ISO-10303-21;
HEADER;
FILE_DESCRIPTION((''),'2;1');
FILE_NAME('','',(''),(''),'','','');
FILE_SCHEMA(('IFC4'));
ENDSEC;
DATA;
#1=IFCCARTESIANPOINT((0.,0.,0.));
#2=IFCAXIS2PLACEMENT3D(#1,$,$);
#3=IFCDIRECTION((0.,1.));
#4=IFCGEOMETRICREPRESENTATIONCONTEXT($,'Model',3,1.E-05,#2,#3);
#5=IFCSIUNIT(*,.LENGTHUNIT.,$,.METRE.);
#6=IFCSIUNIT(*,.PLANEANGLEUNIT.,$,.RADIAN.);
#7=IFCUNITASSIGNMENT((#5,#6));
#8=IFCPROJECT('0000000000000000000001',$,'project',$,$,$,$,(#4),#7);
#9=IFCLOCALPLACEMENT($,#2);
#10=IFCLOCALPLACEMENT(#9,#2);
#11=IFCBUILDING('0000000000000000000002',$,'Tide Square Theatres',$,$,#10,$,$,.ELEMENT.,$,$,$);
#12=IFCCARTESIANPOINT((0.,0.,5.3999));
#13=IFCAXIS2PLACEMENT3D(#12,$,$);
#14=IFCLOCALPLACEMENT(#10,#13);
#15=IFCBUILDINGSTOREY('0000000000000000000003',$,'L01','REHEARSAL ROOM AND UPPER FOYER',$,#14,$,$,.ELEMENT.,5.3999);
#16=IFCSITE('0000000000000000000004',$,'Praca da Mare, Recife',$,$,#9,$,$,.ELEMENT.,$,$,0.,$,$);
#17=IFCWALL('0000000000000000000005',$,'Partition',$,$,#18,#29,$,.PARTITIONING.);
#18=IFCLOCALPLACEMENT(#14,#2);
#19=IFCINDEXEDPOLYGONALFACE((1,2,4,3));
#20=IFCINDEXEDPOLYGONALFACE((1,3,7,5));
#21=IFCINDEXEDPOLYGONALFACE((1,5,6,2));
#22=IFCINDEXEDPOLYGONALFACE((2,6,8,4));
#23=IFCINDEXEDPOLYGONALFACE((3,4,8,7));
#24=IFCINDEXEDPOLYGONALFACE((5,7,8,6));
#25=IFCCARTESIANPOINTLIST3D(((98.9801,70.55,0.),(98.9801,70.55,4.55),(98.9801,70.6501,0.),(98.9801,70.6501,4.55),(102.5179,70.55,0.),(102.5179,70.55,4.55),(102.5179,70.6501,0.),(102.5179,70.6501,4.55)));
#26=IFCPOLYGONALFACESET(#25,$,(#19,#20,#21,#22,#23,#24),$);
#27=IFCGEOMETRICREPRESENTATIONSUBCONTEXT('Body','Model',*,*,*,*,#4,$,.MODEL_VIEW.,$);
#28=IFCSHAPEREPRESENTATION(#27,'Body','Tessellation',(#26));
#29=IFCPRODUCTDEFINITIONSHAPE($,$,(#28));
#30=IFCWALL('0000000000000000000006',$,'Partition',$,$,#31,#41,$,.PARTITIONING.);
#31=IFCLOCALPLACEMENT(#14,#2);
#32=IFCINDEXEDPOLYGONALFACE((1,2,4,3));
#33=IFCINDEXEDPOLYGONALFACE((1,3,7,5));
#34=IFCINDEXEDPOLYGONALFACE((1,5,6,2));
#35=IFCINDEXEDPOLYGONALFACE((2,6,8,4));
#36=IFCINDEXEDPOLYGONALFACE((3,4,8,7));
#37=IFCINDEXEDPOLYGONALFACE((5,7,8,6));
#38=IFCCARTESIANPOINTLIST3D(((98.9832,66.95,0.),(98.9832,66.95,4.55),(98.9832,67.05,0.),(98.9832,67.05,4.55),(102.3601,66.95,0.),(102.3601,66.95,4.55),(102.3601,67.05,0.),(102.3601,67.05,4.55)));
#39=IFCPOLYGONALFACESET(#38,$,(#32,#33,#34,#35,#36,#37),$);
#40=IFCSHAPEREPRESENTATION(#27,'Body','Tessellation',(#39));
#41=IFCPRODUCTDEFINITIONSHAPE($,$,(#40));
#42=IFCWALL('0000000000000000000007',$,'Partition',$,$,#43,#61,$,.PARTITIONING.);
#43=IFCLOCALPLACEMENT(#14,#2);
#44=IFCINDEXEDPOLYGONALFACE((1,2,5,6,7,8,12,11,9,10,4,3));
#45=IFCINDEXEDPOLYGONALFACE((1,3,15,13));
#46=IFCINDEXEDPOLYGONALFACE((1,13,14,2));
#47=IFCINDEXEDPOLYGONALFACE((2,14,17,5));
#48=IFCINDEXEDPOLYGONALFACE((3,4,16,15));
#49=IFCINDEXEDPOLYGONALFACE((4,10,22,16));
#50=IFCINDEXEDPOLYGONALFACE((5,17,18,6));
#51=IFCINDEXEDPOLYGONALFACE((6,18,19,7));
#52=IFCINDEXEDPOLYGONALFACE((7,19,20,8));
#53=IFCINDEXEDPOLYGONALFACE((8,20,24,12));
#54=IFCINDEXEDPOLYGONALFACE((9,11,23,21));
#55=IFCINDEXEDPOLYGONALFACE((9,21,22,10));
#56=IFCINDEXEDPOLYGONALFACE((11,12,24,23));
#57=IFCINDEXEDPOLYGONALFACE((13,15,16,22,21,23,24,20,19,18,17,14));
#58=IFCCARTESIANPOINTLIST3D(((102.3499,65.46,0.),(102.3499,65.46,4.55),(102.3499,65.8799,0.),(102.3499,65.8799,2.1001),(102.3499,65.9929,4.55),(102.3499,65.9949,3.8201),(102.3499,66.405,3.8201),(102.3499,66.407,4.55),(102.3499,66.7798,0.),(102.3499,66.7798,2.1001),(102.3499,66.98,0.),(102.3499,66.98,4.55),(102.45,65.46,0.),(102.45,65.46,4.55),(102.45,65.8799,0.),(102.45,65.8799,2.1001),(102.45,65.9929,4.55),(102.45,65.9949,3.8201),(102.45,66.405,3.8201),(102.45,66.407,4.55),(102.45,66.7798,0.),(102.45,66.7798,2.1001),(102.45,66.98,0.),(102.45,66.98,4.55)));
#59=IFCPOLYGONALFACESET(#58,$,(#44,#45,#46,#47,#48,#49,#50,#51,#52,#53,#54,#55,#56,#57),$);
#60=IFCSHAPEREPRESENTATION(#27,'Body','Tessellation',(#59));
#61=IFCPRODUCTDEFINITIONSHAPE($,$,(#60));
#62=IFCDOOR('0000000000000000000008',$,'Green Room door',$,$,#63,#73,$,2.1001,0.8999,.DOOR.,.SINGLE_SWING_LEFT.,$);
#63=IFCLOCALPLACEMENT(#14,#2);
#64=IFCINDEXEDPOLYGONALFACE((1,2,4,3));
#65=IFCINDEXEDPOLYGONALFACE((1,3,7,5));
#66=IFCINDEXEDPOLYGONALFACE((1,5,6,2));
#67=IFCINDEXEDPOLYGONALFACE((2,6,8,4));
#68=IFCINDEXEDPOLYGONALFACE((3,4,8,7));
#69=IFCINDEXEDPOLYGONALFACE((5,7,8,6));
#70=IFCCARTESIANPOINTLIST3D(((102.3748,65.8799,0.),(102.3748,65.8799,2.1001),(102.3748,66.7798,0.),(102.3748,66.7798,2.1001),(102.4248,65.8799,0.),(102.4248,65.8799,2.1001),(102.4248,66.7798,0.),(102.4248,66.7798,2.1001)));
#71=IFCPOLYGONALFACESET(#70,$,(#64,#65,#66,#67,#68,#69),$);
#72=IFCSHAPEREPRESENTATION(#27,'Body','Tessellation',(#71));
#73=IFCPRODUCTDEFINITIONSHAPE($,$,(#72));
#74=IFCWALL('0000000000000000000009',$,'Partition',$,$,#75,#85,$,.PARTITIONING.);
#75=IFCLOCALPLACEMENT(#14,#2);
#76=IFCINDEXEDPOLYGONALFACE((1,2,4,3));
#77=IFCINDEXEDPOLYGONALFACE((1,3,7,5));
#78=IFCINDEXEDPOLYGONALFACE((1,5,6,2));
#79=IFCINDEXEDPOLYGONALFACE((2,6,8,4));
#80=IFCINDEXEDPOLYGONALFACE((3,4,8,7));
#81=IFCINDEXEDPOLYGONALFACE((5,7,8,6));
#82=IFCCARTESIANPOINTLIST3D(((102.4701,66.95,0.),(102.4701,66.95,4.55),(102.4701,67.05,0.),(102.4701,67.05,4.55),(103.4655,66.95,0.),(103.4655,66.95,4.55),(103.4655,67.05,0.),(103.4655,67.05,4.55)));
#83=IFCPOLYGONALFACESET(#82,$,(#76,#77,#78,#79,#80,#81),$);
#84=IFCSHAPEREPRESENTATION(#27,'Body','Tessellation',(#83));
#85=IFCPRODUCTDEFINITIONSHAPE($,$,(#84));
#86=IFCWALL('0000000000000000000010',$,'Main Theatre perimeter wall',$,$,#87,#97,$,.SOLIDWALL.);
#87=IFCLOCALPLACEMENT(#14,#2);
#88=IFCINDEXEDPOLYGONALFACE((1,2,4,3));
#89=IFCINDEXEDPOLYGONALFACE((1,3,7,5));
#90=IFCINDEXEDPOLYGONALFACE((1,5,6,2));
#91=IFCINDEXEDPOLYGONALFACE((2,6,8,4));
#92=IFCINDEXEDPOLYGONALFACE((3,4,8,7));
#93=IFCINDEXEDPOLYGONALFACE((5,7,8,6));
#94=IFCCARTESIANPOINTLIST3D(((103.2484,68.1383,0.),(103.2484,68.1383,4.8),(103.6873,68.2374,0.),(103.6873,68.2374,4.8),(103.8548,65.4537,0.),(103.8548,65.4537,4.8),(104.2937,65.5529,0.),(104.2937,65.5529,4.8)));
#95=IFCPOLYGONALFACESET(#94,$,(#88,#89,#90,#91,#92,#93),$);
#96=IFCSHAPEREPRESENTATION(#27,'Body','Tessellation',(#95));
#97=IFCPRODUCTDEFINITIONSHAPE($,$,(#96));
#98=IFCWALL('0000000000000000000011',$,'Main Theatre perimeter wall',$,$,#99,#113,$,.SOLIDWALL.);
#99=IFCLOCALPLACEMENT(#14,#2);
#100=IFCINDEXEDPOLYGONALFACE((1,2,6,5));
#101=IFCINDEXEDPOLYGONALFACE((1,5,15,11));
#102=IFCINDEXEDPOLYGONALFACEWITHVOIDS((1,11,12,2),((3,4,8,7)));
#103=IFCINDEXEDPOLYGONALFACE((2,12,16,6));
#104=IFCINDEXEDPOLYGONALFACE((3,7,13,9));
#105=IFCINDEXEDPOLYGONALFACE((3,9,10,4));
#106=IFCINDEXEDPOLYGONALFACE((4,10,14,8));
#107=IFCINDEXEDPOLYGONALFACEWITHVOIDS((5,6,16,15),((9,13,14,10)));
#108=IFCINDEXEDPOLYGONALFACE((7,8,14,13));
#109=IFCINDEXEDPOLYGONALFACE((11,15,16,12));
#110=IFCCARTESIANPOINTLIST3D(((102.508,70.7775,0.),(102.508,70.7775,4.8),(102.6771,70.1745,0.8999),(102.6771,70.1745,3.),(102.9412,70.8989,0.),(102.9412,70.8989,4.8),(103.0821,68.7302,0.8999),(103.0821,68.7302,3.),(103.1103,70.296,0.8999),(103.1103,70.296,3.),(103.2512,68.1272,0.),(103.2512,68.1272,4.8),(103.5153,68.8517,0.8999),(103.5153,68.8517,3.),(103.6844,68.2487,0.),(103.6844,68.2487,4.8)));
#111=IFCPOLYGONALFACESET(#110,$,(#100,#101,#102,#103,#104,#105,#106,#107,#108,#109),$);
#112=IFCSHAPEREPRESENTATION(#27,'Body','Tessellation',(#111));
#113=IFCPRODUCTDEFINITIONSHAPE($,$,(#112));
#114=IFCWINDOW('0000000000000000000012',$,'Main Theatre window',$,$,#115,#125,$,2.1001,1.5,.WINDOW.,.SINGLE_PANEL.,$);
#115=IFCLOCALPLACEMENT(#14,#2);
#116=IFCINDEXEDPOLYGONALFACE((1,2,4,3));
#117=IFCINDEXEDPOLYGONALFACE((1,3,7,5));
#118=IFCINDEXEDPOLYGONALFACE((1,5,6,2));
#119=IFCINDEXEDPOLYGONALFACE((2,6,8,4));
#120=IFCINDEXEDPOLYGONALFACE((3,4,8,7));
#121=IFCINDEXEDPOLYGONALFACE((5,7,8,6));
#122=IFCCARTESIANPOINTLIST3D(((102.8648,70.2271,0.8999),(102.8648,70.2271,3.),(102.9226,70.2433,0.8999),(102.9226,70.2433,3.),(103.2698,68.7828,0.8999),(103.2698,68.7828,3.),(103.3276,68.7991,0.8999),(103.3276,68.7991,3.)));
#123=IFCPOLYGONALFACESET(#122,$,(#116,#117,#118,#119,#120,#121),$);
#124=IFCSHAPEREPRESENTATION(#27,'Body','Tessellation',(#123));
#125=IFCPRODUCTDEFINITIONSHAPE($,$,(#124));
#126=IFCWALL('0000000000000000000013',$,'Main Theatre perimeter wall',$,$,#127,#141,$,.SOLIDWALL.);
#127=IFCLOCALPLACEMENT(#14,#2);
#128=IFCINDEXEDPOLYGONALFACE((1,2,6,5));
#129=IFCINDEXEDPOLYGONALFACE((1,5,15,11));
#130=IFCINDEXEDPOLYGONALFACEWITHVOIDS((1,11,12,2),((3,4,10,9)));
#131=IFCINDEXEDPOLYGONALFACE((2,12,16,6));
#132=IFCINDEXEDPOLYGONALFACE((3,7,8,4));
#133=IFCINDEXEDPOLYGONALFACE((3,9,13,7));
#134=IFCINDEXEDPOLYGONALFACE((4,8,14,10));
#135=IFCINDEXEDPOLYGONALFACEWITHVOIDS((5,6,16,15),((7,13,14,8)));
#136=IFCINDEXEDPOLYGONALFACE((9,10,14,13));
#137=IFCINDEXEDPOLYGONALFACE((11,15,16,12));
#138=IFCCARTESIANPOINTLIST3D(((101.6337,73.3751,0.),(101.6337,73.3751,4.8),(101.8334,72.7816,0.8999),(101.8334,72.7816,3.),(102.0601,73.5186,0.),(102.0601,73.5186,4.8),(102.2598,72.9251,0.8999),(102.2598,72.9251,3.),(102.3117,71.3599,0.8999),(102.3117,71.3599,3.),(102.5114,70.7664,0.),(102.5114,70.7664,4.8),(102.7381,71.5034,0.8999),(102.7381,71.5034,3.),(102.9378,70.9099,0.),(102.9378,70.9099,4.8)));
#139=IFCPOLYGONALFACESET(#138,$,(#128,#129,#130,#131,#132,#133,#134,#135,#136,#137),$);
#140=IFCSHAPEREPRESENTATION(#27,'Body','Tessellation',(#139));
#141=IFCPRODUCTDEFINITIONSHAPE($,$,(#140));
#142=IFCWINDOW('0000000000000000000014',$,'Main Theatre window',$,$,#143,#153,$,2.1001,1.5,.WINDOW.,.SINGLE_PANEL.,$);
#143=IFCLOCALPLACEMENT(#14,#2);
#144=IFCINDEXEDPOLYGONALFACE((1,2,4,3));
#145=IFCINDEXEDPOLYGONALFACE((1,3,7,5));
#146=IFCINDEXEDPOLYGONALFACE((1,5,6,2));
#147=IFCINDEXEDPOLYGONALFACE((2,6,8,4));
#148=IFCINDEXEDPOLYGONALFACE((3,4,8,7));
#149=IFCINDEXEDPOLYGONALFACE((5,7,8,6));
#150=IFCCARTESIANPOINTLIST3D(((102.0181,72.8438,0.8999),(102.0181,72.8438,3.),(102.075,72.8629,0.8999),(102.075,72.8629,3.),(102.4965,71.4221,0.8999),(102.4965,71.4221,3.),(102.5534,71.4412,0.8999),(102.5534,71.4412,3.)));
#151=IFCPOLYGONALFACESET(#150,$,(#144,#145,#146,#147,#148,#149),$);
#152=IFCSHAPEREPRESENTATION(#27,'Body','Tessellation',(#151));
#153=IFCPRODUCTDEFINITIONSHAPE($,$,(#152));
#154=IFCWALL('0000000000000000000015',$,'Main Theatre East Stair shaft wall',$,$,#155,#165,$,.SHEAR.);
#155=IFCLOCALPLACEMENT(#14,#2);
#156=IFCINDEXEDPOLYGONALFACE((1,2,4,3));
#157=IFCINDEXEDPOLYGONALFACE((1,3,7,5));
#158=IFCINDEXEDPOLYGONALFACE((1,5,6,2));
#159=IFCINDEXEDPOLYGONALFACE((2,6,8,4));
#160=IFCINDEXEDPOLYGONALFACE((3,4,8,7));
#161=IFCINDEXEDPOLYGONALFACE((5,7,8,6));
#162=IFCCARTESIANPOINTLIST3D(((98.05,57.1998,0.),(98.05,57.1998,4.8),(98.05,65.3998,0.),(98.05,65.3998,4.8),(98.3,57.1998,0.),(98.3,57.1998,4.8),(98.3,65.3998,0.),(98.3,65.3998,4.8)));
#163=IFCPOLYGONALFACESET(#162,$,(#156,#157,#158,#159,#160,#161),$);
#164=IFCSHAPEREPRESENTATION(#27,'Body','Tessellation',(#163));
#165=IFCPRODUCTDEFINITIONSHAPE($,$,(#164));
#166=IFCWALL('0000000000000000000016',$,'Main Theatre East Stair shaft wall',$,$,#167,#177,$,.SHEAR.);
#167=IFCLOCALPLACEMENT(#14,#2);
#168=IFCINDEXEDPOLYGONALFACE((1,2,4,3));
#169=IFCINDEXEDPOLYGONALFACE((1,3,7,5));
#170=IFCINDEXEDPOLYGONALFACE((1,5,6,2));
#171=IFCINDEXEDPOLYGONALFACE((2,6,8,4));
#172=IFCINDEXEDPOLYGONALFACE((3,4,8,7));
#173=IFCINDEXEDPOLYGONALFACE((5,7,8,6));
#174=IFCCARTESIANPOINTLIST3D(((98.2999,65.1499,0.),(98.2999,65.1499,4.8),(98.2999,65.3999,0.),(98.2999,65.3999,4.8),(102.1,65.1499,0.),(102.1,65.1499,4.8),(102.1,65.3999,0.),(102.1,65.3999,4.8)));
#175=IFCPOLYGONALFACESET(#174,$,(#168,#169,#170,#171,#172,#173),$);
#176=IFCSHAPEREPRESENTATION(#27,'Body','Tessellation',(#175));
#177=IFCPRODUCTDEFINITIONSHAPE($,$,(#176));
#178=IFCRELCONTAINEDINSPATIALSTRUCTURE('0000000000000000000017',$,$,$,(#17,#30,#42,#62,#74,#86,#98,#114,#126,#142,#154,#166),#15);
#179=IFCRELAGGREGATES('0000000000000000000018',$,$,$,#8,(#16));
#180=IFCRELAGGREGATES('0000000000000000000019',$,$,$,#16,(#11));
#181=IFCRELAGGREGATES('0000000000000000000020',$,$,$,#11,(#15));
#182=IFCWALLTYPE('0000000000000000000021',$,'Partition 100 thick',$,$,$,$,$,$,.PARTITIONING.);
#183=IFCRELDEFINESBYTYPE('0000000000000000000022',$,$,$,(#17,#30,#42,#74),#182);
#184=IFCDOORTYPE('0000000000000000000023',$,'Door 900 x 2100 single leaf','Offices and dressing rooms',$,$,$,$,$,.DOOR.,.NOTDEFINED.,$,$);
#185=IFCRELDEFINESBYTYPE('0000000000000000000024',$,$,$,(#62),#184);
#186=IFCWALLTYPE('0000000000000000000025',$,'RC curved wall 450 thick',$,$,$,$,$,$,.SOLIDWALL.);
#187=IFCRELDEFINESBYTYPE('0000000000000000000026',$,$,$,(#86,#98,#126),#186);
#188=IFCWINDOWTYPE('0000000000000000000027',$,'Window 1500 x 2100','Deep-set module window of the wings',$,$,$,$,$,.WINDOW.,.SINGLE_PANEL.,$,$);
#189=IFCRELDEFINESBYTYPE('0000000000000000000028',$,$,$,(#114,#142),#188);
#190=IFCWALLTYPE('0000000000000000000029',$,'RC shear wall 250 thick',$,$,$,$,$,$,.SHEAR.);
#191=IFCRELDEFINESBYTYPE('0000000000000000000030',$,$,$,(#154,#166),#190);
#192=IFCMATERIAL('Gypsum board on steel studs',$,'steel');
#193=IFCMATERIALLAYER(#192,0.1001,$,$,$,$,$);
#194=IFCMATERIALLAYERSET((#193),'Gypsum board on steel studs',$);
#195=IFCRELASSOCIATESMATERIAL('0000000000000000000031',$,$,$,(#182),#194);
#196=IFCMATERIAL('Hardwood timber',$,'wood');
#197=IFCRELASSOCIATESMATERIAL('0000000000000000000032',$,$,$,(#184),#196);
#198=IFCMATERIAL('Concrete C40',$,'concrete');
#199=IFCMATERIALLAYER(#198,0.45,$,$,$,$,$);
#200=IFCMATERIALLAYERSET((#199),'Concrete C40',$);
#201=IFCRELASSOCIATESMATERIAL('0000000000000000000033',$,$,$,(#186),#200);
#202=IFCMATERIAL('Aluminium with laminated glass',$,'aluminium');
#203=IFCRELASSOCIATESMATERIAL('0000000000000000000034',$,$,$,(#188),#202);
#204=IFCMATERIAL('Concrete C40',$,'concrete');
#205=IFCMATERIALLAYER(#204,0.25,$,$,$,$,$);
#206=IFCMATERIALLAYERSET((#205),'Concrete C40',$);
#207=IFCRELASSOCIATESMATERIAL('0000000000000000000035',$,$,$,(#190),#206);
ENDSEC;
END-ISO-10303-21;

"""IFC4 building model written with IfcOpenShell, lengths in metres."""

from ifc_helpers import new_model, si_unit, direction, frame, frame_2d, origin, place, context, subcontext, project, spatial, polyline, rectangle, outline, extrude, material, layer, layer_set, type_object, element, fill, save


model = new_model("IFC4")

# Units and contexts
model_context = context("Model", 3, precision=1e-05, world=origin(), true_north=direction((0.0, 1.0)))
body_context = subcontext(model_context, "Body", "Model", "MODEL_VIEW")
ifc_project = project(units=[si_unit("LENGTHUNIT", "METRE"), si_unit("PLANEANGLEUNIT", "RADIAN")], contexts=[model_context])

# Site, building, storey
site_placement = place(None, origin())
site = spatial("IfcSite", under=ifc_project, at=site_placement, Name="Praca da Mare, Recife", CompositionType="ELEMENT", RefElevation=0.0)
building_placement = place(site_placement, origin())
building = spatial("IfcBuilding", under=site, at=building_placement, Name="Tide Square Theatres", CompositionType="ELEMENT")
storey_placement = place(building_placement, frame((0.0, 0.0, 5.3999)))
storey = spatial("IfcBuildingStorey", under=building, at=storey_placement, Name="L01", Description="REHEARSAL ROOM AND UPPER FOYER", CompositionType="ELEMENT", Elevation=5.3999)

# Shared definitions
ifc_material_1 = material(Name="Gypsum board on steel studs", Category="steel")
ifc_layer_1 = layer(ifc_material_1, 0.1001)
ifc_layer_set_1 = layer_set([ifc_layer_1], Name="Gypsum board on steel studs")
wall_type_1 = type_object("IfcWallType", Name="Partition 100 thick", PredefinedType="PARTITIONING", material=ifc_layer_set_1)
ifc_material_2 = material(Name="Hardwood timber", Category="wood")
door_type = type_object("IfcDoorType", Name="Door 900 x 2100 single leaf", Description="Offices and dressing rooms", OperationType="NOTDEFINED", PredefinedType="DOOR", material=ifc_material_2)

# Walls
wall_1_placement = place(storey_placement, frame((98.98, 70.6001, 0.0), z_axis=(0.0, 0.0, 1.0), x_axis=(1.0, 0.0, 0.0)))
element("IfcWall", 1, at=wall_1_placement, inside=storey, type_object=wall_type_1, Name="Partition", PredefinedType="PARTITIONING", context=body_context, shape_type="SweptSolid", body=[
    extrude(rectangle(XDim=3.5378, YDim=0.1001, at=frame_2d((1.769, 0.0))), origin(), (0.0, 0.0, 1.0), 4.55),
])
wall_2_placement = place(storey_placement, frame((102.3601, 67.0, 0.0), z_axis=(0.0, 0.0, 1.0), x_axis=(-1.0, 0.0, 0.0)))
element("IfcWall", 2, at=wall_2_placement, inside=storey, type_object=wall_type_1, Name="Partition", PredefinedType="PARTITIONING", context=body_context, shape_type="SweptSolid", body=[
    extrude(rectangle(XDim=3.377, YDim=0.1001, at=frame_2d((1.6885, 0.0))), origin(), (0.0, 0.0, 1.0), 4.55),
])

# Wall, opening, door
wall_3_placement = place(storey_placement, frame((102.3999, 65.46, 0.0), z_axis=(0.0, 0.0, 1.0), x_axis=(0.0, 1.0, 0.0)))
wall_3 = element("IfcWall", 3, at=wall_3_placement, inside=storey, type_object=wall_type_1, Name="Partition", PredefinedType="PARTITIONING", context=body_context, shape_type="SweptSolid", body=[
    extrude(outline(polyline([(0.0, 0.0), (1.52, 0.0), (1.52, 4.55), (0.947, 4.55), (0.9451, 3.8201), (0.5349, 3.8201), (0.533, 4.55), (0.0, 4.55), (0.0, 0.0)])), frame((0.0, 0.05, 0.0), z_axis=(0.0, -1.0, 0.0), x_axis=(1.0, 0.0, 0.0)), (0.0, 0.0, 1.0), 0.1001),
])
opening_1_placement = place(wall_3_placement, frame((0.4199, 0.0, 0.0)))
opening_1 = element("IfcOpeningElement", 4, at=opening_1_placement, cuts=wall_3, PredefinedType="OPENING", context=body_context, shape_type="SweptSolid", body=[
    extrude(rectangle(XDim=0.8999, YDim=2.1001, at=frame_2d((0.45, 1.05))), frame((0.0, 0.0601, 0.0), z_axis=(0.0, -1.0, 0.0), x_axis=(1.0, 0.0, 0.0)), (0.0, 0.0, 1.0), 0.1201),
])
door_1_placement = place(opening_1_placement, frame((0.8999, 0.0, 0.0), z_axis=(0.0, 0.0, 1.0), x_axis=(-1.0, 0.0, 0.0)))
door_1 = element("IfcDoor", 5, at=door_1_placement, inside=storey, type_object=door_type, Name="Green Room door", OperationType="SINGLE_SWING_LEFT", OverallHeight=2.1001, OverallWidth=0.8999, PredefinedType="DOOR", context=body_context, shape_type="SweptSolid", body=[
    extrude(rectangle(XDim=0.8999, YDim=2.1001, at=frame_2d((0.45, 1.05))), frame((0.0, 0.0249, 0.0), z_axis=(0.0, -1.0, 0.0), x_axis=(1.0, 0.0, 0.0)), (0.0, 0.0, 1.0), 0.05),
])
fill(opening_1, door_1)

# Walls
wall_4_placement = place(storey_placement, frame((103.4653, 67.0, 0.0), z_axis=(0.0, 0.0, 1.0), x_axis=(-1.0, 0.0, 0.0)))
element("IfcWall", 6, at=wall_4_placement, inside=storey, type_object=wall_type_1, Name="Partition", PredefinedType="PARTITIONING", context=body_context, shape_type="SweptSolid", body=[
    extrude(rectangle(XDim=0.9954, YDim=0.1001, at=frame_2d((0.4976, 0.0))), origin(), (0.0, 0.0, 1.0), 4.55),
])
ifc_material_3 = material(Name="Concrete C40", Category="concrete")
ifc_layer_2 = layer(ifc_material_3, 0.45)
ifc_layer_set_2 = layer_set([ifc_layer_2], Name="Concrete C40")
wall_type_2 = type_object("IfcWallType", Name="RC curved wall 450 thick", PredefinedType="SOLIDWALL", material=ifc_layer_set_2)
wall_5_placement = place(storey_placement, frame((104.0742, 65.5034, 0.0), z_axis=(0.0, 0.0, 1.0), x_axis=(-0.220348, 0.975421, 0.0)))
element("IfcWall", 7, at=wall_5_placement, inside=storey, type_object=wall_type_2, Name="Main Theatre perimeter wall", PredefinedType="SOLIDWALL", context=body_context, shape_type="SweptSolid", body=[
    extrude(rectangle(XDim=2.7522, YDim=0.45, at=frame_2d((1.376, 0.0))), origin(), (0.0, 0.0, 1.0), 4.8),
])

# Walls, openings, windows
wall_6_placement = place(storey_placement, frame((103.4678, 68.188, 0.0), z_axis=(0.0, 0.0, 1.0), x_axis=(-0.270008, 0.962858, 0.0)))
wall_6 = element("IfcWall", 8, at=wall_6_placement, inside=storey, type_object=wall_type_2, Name="Main Theatre perimeter wall", PredefinedType="SOLIDWALL", context=body_context, shape_type="SweptSolid", body=[
    extrude(rectangle(XDim=2.7524, YDim=0.45, at=frame_2d((1.3762, 0.0))), origin(), (0.0, 0.0, 1.0), 4.8),
])
opening_2_placement = place(wall_6_placement, frame((0.6262, 0.0, 0.8999)))
opening_2 = element("IfcOpeningElement", 9, at=opening_2_placement, cuts=wall_6, PredefinedType="OPENING", context=body_context, shape_type="SweptSolid", body=[
    extrude(rectangle(XDim=1.5, YDim=2.1001, at=frame_2d((0.75, 1.05))), frame((0.0, 0.2349, 0.0), z_axis=(0.0, -1.0, 0.0), x_axis=(1.0, 0.0, 0.0)), (0.0, 0.0, 1.0), 0.47),
])
ifc_material_4 = material(Name="Aluminium with laminated glass", Category="aluminium")
window_type = type_object("IfcWindowType", Name="Window 1500 x 2100", Description="Deep-set module window of the wings", PartitioningType="SINGLE_PANEL", PredefinedType="WINDOW", material=ifc_material_4)
window_1_placement = place(opening_2_placement, origin())
window_1 = element("IfcWindow", 10, at=window_1_placement, inside=storey, type_object=window_type, Name="Main Theatre window", OverallHeight=2.1001, OverallWidth=1.5, PartitioningType="SINGLE_PANEL", PredefinedType="WINDOW", context=body_context, shape_type="SweptSolid", body=[
    extrude(rectangle(XDim=1.5, YDim=2.1001, at=frame_2d((0.75, 1.05))), frame((0.0, 0.03, 0.0), z_axis=(0.0, -1.0, 0.0), x_axis=(1.0, 0.0, 0.0)), (0.0, 0.0, 1.0), 0.0601),
])
fill(opening_2, window_1)
wall_7_placement = place(storey_placement, frame((102.7246, 70.8381, 0.0), z_axis=(0.0, 0.0, 1.0), x_axis=(-0.318888, 0.947793, 0.0)))
wall_7 = element("IfcWall", 11, at=wall_7_placement, inside=storey, type_object=wall_type_2, Name="Main Theatre perimeter wall", PredefinedType="SOLIDWALL", context=body_context, shape_type="SweptSolid", body=[
    extrude(rectangle(XDim=2.7524, YDim=0.45, at=frame_2d((1.3762, 0.0))), origin(), (0.0, 0.0, 1.0), 4.8),
])
opening_3_placement = place(wall_7_placement, frame((0.6262, 0.0, 0.8999)))
opening_3 = element("IfcOpeningElement", 12, at=opening_3_placement, cuts=wall_7, PredefinedType="OPENING", context=body_context, shape_type="SweptSolid", body=[
    extrude(rectangle(XDim=1.5, YDim=2.1001, at=frame_2d((0.75, 1.05))), frame((0.0, 0.2349, 0.0), z_axis=(0.0, -1.0, 0.0), x_axis=(1.0, 0.0, 0.0)), (0.0, 0.0, 1.0), 0.47),
])
window_2_placement = place(opening_3_placement, origin())
window_2 = element("IfcWindow", 13, at=window_2_placement, inside=storey, type_object=window_type, Name="Main Theatre window", OverallHeight=2.1001, OverallWidth=1.5, PartitioningType="SINGLE_PANEL", PredefinedType="WINDOW", context=body_context, shape_type="SweptSolid", body=[
    extrude(rectangle(XDim=1.5, YDim=2.1001, at=frame_2d((0.75, 1.05))), frame((0.0, 0.03, 0.0), z_axis=(0.0, -1.0, 0.0), x_axis=(1.0, 0.0, 0.0)), (0.0, 0.0, 1.0), 0.0601),
])
fill(opening_3, window_2)

# Walls
ifc_material_5 = material(Name="Concrete C40", Category="concrete")
ifc_layer_3 = layer(ifc_material_5, 0.25)
ifc_layer_set_3 = layer_set([ifc_layer_3], Name="Concrete C40")
wall_type_3 = type_object("IfcWallType", Name="RC shear wall 250 thick", PredefinedType="SHEAR", material=ifc_layer_set_3)
wall_8_placement = place(storey_placement, frame((98.175, 65.3999, 0.0), z_axis=(0.0, 0.0, 1.0), x_axis=(0.0, -1.0, 0.0)))
element("IfcWall", 14, at=wall_8_placement, inside=storey, type_object=wall_type_3, Name="Main Theatre East Stair shaft wall", PredefinedType="SHEAR", context=body_context, shape_type="SweptSolid", body=[
    extrude(rectangle(XDim=8.2, YDim=0.25, at=frame_2d((4.1001, 0.0))), origin(), (0.0, 0.0, 1.0), 4.8),
])
wall_9_placement = place(storey_placement, frame((98.3, 65.2749, 0.0), z_axis=(0.0, 0.0, 1.0), x_axis=(1.0, 0.0, 0.0)))
element("IfcWall", 15, at=wall_9_placement, inside=storey, type_object=wall_type_3, Name="Main Theatre East Stair shaft wall", PredefinedType="SHEAR", context=body_context, shape_type="SweptSolid", body=[
    extrude(rectangle(XDim=3.8, YDim=0.25, at=frame_2d((1.8999, 0.0))), origin(), (0.0, 0.0, 1.0), 4.8),
])

save(model, "model.ifc")
